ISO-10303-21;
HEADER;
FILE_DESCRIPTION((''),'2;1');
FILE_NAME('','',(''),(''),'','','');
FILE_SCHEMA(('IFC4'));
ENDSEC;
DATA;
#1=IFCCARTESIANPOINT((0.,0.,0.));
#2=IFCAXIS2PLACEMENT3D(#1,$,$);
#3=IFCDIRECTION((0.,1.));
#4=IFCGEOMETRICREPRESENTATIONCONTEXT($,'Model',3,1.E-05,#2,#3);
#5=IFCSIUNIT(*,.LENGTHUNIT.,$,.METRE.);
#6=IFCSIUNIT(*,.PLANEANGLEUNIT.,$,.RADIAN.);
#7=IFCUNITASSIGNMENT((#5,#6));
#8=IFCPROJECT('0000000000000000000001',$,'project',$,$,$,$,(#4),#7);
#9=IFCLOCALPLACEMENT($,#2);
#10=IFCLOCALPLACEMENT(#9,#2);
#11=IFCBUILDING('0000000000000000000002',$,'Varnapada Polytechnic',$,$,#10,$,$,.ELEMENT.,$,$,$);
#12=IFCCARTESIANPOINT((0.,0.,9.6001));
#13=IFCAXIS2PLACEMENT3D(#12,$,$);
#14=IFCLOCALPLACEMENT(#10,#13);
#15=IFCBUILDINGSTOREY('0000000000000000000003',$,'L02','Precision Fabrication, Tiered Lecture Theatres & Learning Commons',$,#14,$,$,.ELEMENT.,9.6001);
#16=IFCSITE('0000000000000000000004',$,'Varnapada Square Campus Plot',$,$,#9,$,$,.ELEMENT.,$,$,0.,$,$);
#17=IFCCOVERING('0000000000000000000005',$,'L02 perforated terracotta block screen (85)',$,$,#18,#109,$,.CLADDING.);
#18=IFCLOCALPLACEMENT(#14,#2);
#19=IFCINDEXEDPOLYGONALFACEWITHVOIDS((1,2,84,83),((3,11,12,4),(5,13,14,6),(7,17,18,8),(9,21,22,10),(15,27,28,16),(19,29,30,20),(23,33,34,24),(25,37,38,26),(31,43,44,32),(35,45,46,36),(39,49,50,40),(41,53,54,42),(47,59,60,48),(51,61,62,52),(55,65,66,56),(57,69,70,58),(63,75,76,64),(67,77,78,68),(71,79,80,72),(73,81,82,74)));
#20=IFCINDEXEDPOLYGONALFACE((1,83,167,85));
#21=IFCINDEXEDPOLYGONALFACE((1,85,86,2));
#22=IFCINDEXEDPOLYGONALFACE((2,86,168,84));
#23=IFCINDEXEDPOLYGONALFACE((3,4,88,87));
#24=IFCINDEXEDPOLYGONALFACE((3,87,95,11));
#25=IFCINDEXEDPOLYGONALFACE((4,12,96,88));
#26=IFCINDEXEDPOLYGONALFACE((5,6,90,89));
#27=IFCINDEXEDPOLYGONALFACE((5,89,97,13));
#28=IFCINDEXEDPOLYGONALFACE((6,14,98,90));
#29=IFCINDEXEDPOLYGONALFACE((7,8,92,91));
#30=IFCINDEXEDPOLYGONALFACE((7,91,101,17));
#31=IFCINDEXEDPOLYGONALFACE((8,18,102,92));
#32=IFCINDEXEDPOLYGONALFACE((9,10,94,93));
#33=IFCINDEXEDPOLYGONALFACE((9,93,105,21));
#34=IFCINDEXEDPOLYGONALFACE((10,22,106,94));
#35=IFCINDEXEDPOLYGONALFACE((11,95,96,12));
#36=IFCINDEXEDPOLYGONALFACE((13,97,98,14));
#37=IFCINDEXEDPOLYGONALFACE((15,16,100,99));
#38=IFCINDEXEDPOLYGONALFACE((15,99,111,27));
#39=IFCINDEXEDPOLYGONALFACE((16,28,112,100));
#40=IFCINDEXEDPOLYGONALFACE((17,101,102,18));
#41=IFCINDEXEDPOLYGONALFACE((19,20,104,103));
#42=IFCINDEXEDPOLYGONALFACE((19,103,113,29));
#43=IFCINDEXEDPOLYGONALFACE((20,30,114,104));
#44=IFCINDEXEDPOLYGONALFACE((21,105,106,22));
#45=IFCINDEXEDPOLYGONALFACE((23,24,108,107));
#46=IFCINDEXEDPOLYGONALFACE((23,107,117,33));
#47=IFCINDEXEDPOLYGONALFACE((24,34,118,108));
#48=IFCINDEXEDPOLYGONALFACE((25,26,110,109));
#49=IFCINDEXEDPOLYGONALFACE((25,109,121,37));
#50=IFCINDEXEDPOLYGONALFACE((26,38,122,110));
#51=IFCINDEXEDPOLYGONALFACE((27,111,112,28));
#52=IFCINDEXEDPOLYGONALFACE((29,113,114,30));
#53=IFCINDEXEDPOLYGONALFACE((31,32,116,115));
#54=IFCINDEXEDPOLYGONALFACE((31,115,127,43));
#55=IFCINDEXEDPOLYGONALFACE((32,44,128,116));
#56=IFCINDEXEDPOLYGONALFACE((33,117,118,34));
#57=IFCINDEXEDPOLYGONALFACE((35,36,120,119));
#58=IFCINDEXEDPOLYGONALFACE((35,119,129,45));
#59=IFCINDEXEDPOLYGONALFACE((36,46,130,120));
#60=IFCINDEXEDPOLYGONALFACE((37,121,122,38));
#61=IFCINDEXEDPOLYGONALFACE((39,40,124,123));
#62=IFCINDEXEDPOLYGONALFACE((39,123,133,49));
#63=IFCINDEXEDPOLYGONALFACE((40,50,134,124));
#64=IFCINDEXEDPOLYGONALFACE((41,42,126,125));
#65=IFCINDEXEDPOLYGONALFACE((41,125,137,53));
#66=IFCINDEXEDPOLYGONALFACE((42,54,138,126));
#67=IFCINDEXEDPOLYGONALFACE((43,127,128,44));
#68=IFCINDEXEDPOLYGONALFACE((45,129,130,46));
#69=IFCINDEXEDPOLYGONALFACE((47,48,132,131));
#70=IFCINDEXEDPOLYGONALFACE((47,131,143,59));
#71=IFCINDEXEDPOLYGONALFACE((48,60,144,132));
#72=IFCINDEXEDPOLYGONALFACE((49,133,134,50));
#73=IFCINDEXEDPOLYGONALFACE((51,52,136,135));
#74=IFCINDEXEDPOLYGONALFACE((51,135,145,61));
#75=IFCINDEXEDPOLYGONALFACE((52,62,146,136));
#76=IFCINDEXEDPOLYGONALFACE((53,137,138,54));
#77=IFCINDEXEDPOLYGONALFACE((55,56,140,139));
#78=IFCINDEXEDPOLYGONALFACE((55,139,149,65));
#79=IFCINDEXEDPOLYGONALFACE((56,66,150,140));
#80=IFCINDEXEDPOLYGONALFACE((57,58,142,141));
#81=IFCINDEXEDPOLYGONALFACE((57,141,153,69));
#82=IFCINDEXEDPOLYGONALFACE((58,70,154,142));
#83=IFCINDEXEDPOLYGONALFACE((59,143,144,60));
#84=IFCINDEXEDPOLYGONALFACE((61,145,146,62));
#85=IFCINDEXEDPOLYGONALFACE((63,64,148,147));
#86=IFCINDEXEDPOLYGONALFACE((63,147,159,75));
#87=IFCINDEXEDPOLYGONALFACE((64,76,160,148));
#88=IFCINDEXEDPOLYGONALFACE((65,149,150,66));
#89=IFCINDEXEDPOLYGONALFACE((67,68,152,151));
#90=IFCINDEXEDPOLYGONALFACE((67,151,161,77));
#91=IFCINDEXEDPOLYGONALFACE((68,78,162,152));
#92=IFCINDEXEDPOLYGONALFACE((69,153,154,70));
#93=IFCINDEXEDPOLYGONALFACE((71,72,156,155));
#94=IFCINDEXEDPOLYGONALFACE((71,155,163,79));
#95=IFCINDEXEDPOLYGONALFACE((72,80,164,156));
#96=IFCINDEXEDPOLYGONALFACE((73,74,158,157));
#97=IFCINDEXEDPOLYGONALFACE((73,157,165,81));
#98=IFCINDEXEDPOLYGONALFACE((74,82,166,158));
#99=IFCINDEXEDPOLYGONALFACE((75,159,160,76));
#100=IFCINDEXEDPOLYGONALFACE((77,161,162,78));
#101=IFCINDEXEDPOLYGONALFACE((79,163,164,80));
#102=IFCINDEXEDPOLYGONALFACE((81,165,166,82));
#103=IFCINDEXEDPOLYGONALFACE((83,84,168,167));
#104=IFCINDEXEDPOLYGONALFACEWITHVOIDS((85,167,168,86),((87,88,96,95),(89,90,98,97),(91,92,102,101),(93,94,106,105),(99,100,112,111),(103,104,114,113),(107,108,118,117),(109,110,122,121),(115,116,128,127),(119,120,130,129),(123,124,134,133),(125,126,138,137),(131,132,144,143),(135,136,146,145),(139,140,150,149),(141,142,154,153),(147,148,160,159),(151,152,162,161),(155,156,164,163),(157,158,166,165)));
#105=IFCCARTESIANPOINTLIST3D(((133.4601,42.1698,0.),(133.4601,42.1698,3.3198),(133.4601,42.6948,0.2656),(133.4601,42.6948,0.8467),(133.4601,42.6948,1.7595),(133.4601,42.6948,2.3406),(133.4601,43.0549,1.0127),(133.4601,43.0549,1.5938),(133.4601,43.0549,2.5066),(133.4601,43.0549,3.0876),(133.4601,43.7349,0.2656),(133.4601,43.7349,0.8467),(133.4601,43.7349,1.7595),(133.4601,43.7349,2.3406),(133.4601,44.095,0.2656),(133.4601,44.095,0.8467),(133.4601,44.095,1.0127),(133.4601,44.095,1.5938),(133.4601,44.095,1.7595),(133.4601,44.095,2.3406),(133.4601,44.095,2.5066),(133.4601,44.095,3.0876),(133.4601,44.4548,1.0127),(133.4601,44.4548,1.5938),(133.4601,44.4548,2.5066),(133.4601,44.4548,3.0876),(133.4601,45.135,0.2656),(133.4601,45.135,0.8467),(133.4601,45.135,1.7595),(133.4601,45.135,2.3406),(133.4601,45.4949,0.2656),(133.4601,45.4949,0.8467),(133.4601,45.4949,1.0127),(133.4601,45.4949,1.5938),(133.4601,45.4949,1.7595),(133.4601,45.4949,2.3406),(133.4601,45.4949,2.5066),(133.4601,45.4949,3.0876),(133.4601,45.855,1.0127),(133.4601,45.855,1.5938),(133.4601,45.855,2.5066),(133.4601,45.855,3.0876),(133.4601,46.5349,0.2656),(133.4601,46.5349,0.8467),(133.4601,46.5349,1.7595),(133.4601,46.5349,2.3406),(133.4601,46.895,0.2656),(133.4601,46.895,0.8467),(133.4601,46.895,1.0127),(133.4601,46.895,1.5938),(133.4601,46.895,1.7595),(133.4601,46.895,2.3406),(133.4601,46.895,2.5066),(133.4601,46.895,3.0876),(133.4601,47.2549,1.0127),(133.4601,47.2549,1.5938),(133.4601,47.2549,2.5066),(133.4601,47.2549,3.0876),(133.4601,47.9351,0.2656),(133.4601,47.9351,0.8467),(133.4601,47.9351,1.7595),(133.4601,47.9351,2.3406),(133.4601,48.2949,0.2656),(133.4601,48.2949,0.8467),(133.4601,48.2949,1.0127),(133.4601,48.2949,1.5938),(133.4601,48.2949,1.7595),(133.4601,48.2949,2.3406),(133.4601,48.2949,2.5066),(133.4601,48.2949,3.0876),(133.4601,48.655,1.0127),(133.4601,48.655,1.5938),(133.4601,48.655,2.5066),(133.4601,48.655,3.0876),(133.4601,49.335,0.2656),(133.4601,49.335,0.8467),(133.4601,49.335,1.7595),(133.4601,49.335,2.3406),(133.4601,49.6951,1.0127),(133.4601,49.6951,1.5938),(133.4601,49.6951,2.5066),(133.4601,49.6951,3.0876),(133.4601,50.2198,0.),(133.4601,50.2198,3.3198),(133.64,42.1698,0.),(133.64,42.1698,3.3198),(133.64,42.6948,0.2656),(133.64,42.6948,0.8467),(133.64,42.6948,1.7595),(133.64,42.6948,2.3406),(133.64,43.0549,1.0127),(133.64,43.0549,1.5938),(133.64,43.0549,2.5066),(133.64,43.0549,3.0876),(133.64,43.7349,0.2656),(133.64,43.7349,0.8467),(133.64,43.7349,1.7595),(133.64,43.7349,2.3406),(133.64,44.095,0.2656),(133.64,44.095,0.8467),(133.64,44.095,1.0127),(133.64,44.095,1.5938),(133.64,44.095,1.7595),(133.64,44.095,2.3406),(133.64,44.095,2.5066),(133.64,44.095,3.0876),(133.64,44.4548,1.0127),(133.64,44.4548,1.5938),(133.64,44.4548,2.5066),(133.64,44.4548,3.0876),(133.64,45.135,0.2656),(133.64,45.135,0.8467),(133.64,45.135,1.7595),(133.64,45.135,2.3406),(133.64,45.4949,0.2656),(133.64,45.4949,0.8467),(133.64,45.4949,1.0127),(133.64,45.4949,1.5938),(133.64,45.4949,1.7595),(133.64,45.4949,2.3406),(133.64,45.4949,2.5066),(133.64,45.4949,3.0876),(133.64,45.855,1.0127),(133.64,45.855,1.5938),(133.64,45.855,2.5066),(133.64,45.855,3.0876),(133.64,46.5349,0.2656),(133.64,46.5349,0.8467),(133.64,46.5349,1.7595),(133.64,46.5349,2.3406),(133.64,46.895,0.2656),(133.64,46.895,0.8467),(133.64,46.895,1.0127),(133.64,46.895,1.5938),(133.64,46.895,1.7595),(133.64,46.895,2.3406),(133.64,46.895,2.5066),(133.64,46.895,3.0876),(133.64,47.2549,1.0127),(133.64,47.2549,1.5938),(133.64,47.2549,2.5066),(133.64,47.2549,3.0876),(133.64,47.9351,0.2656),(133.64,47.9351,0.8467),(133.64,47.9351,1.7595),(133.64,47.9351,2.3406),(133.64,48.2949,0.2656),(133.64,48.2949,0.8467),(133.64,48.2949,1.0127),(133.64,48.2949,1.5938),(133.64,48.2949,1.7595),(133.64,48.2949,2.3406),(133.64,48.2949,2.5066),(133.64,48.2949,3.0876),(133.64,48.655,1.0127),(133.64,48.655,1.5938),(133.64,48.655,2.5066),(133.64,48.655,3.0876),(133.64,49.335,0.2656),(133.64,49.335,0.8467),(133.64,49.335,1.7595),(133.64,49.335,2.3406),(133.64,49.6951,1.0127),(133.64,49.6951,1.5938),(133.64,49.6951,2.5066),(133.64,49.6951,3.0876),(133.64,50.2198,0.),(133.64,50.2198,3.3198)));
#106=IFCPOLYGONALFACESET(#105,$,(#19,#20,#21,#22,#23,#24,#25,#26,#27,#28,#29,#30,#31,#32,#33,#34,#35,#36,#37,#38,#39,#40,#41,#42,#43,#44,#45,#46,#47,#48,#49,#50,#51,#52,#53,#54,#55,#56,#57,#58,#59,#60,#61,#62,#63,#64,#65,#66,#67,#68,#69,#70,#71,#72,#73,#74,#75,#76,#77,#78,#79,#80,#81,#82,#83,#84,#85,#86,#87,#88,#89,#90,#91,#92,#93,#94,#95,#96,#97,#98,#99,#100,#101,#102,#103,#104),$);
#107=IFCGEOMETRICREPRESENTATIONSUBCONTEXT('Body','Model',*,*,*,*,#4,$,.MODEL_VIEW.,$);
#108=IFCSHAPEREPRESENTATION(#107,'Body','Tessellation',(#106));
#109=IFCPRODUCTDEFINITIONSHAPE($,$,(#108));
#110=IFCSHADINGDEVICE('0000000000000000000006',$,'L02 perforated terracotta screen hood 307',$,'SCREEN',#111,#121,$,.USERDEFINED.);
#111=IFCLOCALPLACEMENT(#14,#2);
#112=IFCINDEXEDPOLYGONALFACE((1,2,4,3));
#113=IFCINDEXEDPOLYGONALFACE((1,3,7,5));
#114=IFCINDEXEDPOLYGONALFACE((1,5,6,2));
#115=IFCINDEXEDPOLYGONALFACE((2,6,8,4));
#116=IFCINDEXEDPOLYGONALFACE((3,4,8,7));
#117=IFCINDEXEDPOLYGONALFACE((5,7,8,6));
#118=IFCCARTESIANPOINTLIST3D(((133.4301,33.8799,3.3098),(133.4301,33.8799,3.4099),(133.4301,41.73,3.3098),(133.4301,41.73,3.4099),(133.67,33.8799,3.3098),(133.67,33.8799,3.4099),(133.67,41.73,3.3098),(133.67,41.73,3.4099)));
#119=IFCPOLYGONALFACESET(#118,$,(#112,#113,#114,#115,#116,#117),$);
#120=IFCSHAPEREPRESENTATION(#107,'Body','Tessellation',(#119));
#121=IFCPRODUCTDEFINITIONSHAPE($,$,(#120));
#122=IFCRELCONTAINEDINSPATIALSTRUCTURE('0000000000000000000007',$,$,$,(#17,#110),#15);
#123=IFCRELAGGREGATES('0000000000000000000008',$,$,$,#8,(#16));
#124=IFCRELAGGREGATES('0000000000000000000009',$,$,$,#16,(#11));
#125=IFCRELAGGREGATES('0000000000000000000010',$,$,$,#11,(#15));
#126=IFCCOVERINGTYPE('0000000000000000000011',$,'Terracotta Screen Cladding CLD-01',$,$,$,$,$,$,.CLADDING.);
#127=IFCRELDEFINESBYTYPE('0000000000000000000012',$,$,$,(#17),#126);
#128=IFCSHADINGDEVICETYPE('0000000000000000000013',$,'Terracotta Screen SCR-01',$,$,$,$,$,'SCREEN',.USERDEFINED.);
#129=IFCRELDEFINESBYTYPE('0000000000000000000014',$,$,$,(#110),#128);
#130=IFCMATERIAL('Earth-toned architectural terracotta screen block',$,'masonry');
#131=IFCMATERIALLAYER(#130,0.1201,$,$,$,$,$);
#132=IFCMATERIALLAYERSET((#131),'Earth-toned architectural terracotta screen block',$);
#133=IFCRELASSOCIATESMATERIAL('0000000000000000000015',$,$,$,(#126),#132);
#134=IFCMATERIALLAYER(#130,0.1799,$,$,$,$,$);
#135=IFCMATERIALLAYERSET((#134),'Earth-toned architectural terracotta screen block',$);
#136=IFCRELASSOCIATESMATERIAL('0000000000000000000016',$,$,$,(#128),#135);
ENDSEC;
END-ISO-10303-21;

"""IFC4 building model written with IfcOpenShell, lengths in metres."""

from ifc_helpers import new_model, si_unit, direction, frame, frame_2d, origin, origin_2d, place, context, subcontext, project, spatial, rectangle, extrude, material, layer, layer_set, type_object, element, save


model = new_model("IFC4")

# Units and contexts
model_context = context("Model", 3, precision=1e-05, world=origin(), true_north=direction((0.0, 1.0)))
body_context = subcontext(model_context, "Body", "Model", "MODEL_VIEW")
ifc_project = project(units=[si_unit("LENGTHUNIT", "METRE"), si_unit("PLANEANGLEUNIT", "RADIAN")], contexts=[model_context])

# Site, building, storey
site_placement = place(None, origin())
site = spatial("IfcSite", under=ifc_project, at=site_placement, Name="Varnapada Square Campus Plot", CompositionType="ELEMENT", RefElevation=0.0)
building_placement = place(site_placement, origin())
building = spatial("IfcBuilding", under=site, at=building_placement, Name="Varnapada Polytechnic", CompositionType="ELEMENT")
storey_placement = place(building_placement, frame((0.0, 0.0, 9.6001)))
storey = spatial("IfcBuildingStorey", under=building, at=storey_placement, Name="L02", Description="Precision Fabrication, Tiered Lecture Theatres & Learning Commons", CompositionType="ELEMENT", Elevation=9.6001)

# Covering, openings
ifc_material_1 = material(Name="Earth-toned architectural terracotta screen block", Category="masonry")
ifc_layer_1 = layer(ifc_material_1, 0.1201)
ifc_layer_set_1 = layer_set([ifc_layer_1], Name="Earth-toned architectural terracotta screen block")
covering_type = type_object("IfcCoveringType", Name="Terracotta Screen Cladding CLD-01", PredefinedType="CLADDING", material=ifc_layer_set_1)
covering_placement = place(storey_placement, frame((133.55, 42.1699, 0.0), z_axis=(0.0, 0.0, 1.0), x_axis=(0.0, 1.0, 0.0)))
covering = element("IfcCovering", 1, at=covering_placement, inside=storey, type_object=covering_type, Name="L02 perforated terracotta block screen (85)", PredefinedType="CLADDING", context=body_context, shape_type="SweptSolid", body=[
    extrude(rectangle(XDim=8.05, YDim=0.1799, at=frame_2d((4.0249, 0.0))), origin(), (0.0, 0.0, 1.0), 3.3198),
])
opening_1_placement = place(covering_placement, frame((0.5249, 0.0, 0.2656)))
element("IfcOpeningElement", 2, at=opening_1_placement, cuts=covering, PredefinedType="OPENING", context=body_context, shape_type="SweptSolid", body=[
    extrude(rectangle(XDim=1.04, YDim=0.5811, at=frame_2d((0.52, 0.2905))), frame((0.0, 0.0999, 0.0), z_axis=(0.0, -1.0, 0.0), x_axis=(1.0, 0.0, 0.0)), (0.0, 0.0, 1.0), 0.2),
])
opening_2_placement = place(covering_placement, frame((1.925, 0.0, 0.2656)))
element("IfcOpeningElement", 3, at=opening_2_placement, cuts=covering, PredefinedType="OPENING", context=body_context, shape_type="SweptSolid", body=[
    extrude(rectangle(XDim=1.04, YDim=0.5811, at=frame_2d((0.52, 0.2905))), frame((0.0, 0.0999, 0.0), z_axis=(0.0, -1.0, 0.0), x_axis=(1.0, 0.0, 0.0)), (0.0, 0.0, 1.0), 0.2),
])
opening_3_placement = place(covering_placement, frame((3.325, 0.0, 0.2656)))
element("IfcOpeningElement", 4, at=opening_3_placement, cuts=covering, PredefinedType="OPENING", context=body_context, shape_type="SweptSolid", body=[
    extrude(rectangle(XDim=1.04, YDim=0.5811, at=frame_2d((0.52, 0.2905))), frame((0.0, 0.0999, 0.0), z_axis=(0.0, -1.0, 0.0), x_axis=(1.0, 0.0, 0.0)), (0.0, 0.0, 1.0), 0.2),
])
opening_4_placement = place(covering_placement, frame((4.7251, 0.0, 0.2656)))
element("IfcOpeningElement", 5, at=opening_4_placement, cuts=covering, PredefinedType="OPENING", context=body_context, shape_type="SweptSolid", body=[
    extrude(rectangle(XDim=1.04, YDim=0.5811, at=frame_2d((0.52, 0.2905))), frame((0.0, 0.0999, 0.0), z_axis=(0.0, -1.0, 0.0), x_axis=(1.0, 0.0, 0.0)), (0.0, 0.0, 1.0), 0.2),
])
opening_5_placement = place(covering_placement, frame((6.125, 0.0, 0.2656)))
element("IfcOpeningElement", 6, at=opening_5_placement, cuts=covering, PredefinedType="OPENING", context=body_context, shape_type="SweptSolid", body=[
    extrude(rectangle(XDim=1.04, YDim=0.5811, at=frame_2d((0.52, 0.2905))), frame((0.0, 0.0999, 0.0), z_axis=(0.0, -1.0, 0.0), x_axis=(1.0, 0.0, 0.0)), (0.0, 0.0, 1.0), 0.2),
])
opening_6_placement = place(covering_placement, frame((0.885, 0.0, 1.0127)))
element("IfcOpeningElement", 7, at=opening_6_placement, cuts=covering, PredefinedType="OPENING", context=body_context, shape_type="SweptSolid", body=[
    extrude(rectangle(XDim=1.04, YDim=0.5811, at=frame_2d((0.52, 0.2905))), frame((0.0, 0.0999, 0.0), z_axis=(0.0, -1.0, 0.0), x_axis=(1.0, 0.0, 0.0)), (0.0, 0.0, 1.0), 0.2),
])
opening_7_placement = place(covering_placement, frame((2.2849, 0.0, 1.0127)))
element("IfcOpeningElement", 8, at=opening_7_placement, cuts=covering, PredefinedType="OPENING", context=body_context, shape_type="SweptSolid", body=[
    extrude(rectangle(XDim=1.04, YDim=0.5811, at=frame_2d((0.52, 0.2905))), frame((0.0, 0.0999, 0.0), z_axis=(0.0, -1.0, 0.0), x_axis=(1.0, 0.0, 0.0)), (0.0, 0.0, 1.0), 0.2),
])
opening_8_placement = place(covering_placement, frame((3.6851, 0.0, 1.0127)))
element("IfcOpeningElement", 9, at=opening_8_placement, cuts=covering, PredefinedType="OPENING", context=body_context, shape_type="SweptSolid", body=[
    extrude(rectangle(XDim=1.04, YDim=0.5811, at=frame_2d((0.52, 0.2905))), frame((0.0, 0.0999, 0.0), z_axis=(0.0, -1.0, 0.0), x_axis=(1.0, 0.0, 0.0)), (0.0, 0.0, 1.0), 0.2),
])
opening_9_placement = place(covering_placement, frame((5.085, 0.0, 1.0127)))
element("IfcOpeningElement", 10, at=opening_9_placement, cuts=covering, PredefinedType="OPENING", context=body_context, shape_type="SweptSolid", body=[
    extrude(rectangle(XDim=1.04, YDim=0.5811, at=frame_2d((0.52, 0.2905))), frame((0.0, 0.0999, 0.0), z_axis=(0.0, -1.0, 0.0), x_axis=(1.0, 0.0, 0.0)), (0.0, 0.0, 1.0), 0.2),
])
opening_10_placement = place(covering_placement, frame((6.4851, 0.0, 1.0127)))
element("IfcOpeningElement", 11, at=opening_10_placement, cuts=covering, PredefinedType="OPENING", context=body_context, shape_type="SweptSolid", body=[
    extrude(rectangle(XDim=1.04, YDim=0.5811, at=frame_2d((0.52, 0.2905))), frame((0.0, 0.0999, 0.0), z_axis=(0.0, -1.0, 0.0), x_axis=(1.0, 0.0, 0.0)), (0.0, 0.0, 1.0), 0.2),
])
opening_11_placement = place(covering_placement, frame((0.5249, 0.0, 1.7595)))
element("IfcOpeningElement", 12, at=opening_11_placement, cuts=covering, PredefinedType="OPENING", context=body_context, shape_type="SweptSolid", body=[
    extrude(rectangle(XDim=1.04, YDim=0.5811, at=frame_2d((0.52, 0.2905))), frame((0.0, 0.0999, 0.0), z_axis=(0.0, -1.0, 0.0), x_axis=(1.0, 0.0, 0.0)), (0.0, 0.0, 1.0), 0.2),
])
opening_12_placement = place(covering_placement, frame((1.925, 0.0, 1.7595)))
element("IfcOpeningElement", 13, at=opening_12_placement, cuts=covering, PredefinedType="OPENING", context=body_context, shape_type="SweptSolid", body=[
    extrude(rectangle(XDim=1.04, YDim=0.5811, at=frame_2d((0.52, 0.2905))), frame((0.0, 0.0999, 0.0), z_axis=(0.0, -1.0, 0.0), x_axis=(1.0, 0.0, 0.0)), (0.0, 0.0, 1.0), 0.2),
])
opening_13_placement = place(covering_placement, frame((3.325, 0.0, 1.7595)))
element("IfcOpeningElement", 14, at=opening_13_placement, cuts=covering, PredefinedType="OPENING", context=body_context, shape_type="SweptSolid", body=[
    extrude(rectangle(XDim=1.04, YDim=0.5811, at=frame_2d((0.52, 0.2905))), frame((0.0, 0.0999, 0.0), z_axis=(0.0, -1.0, 0.0), x_axis=(1.0, 0.0, 0.0)), (0.0, 0.0, 1.0), 0.2),
])
opening_14_placement = place(covering_placement, frame((4.7251, 0.0, 1.7595)))
element("IfcOpeningElement", 15, at=opening_14_placement, cuts=covering, PredefinedType="OPENING", context=body_context, shape_type="SweptSolid", body=[
    extrude(rectangle(XDim=1.04, YDim=0.5811, at=frame_2d((0.52, 0.2905))), frame((0.0, 0.0999, 0.0), z_axis=(0.0, -1.0, 0.0), x_axis=(1.0, 0.0, 0.0)), (0.0, 0.0, 1.0), 0.2),
])
opening_15_placement = place(covering_placement, frame((6.125, 0.0, 1.7595)))
element("IfcOpeningElement", 16, at=opening_15_placement, cuts=covering, PredefinedType="OPENING", context=body_context, shape_type="SweptSolid", body=[
    extrude(rectangle(XDim=1.04, YDim=0.5811, at=frame_2d((0.52, 0.2905))), frame((0.0, 0.0999, 0.0), z_axis=(0.0, -1.0, 0.0), x_axis=(1.0, 0.0, 0.0)), (0.0, 0.0, 1.0), 0.2),
])
opening_16_placement = place(covering_placement, frame((0.885, 0.0, 2.5066)))
element("IfcOpeningElement", 17, at=opening_16_placement, cuts=covering, PredefinedType="OPENING", context=body_context, shape_type="SweptSolid", body=[
    extrude(rectangle(XDim=1.04, YDim=0.5811, at=frame_2d((0.52, 0.2905))), frame((0.0, 0.0999, 0.0), z_axis=(0.0, -1.0, 0.0), x_axis=(1.0, 0.0, 0.0)), (0.0, 0.0, 1.0), 0.2),
])
opening_17_placement = place(covering_placement, frame((2.2849, 0.0, 2.5066)))
element("IfcOpeningElement", 18, at=opening_17_placement, cuts=covering, PredefinedType="OPENING", context=body_context, shape_type="SweptSolid", body=[
    extrude(rectangle(XDim=1.04, YDim=0.5811, at=frame_2d((0.52, 0.2905))), frame((0.0, 0.0999, 0.0), z_axis=(0.0, -1.0, 0.0), x_axis=(1.0, 0.0, 0.0)), (0.0, 0.0, 1.0), 0.2),
])
opening_18_placement = place(covering_placement, frame((3.6851, 0.0, 2.5066)))
element("IfcOpeningElement", 19, at=opening_18_placement, cuts=covering, PredefinedType="OPENING", context=body_context, shape_type="SweptSolid", body=[
    extrude(rectangle(XDim=1.04, YDim=0.5811, at=frame_2d((0.52, 0.2905))), frame((0.0, 0.0999, 0.0), z_axis=(0.0, -1.0, 0.0), x_axis=(1.0, 0.0, 0.0)), (0.0, 0.0, 1.0), 0.2),
])
opening_19_placement = place(covering_placement, frame((5.085, 0.0, 2.5066)))
element("IfcOpeningElement", 20, at=opening_19_placement, cuts=covering, PredefinedType="OPENING", context=body_context, shape_type="SweptSolid", body=[
    extrude(rectangle(XDim=1.04, YDim=0.5811, at=frame_2d((0.52, 0.2905))), frame((0.0, 0.0999, 0.0), z_axis=(0.0, -1.0, 0.0), x_axis=(1.0, 0.0, 0.0)), (0.0, 0.0, 1.0), 0.2),
])
opening_20_placement = place(covering_placement, frame((6.4851, 0.0, 2.5066)))
element("IfcOpeningElement", 21, at=opening_20_placement, cuts=covering, PredefinedType="OPENING", context=body_context, shape_type="SweptSolid", body=[
    extrude(rectangle(XDim=1.04, YDim=0.5811, at=frame_2d((0.52, 0.2905))), frame((0.0, 0.0999, 0.0), z_axis=(0.0, -1.0, 0.0), x_axis=(1.0, 0.0, 0.0)), (0.0, 0.0, 1.0), 0.2),
])

# Shading device
ifc_layer_2 = layer(ifc_material_1, 0.1799)
ifc_layer_set_2 = layer_set([ifc_layer_2], Name="Earth-toned architectural terracotta screen block")
shading_device_type = type_object("IfcShadingDeviceType", Name="Terracotta Screen SCR-01", ElementType="SCREEN", PredefinedType="USERDEFINED", material=ifc_layer_set_2)
shading_device_placement = place(storey_placement, frame((133.55, 37.8049, 3.3098), z_axis=(0.0, 0.0, 1.0), x_axis=(0.0, 1.0, 0.0)))
element("IfcShadingDevice", 22, at=shading_device_placement, inside=storey, type_object=shading_device_type, Name="L02 perforated terracotta screen hood 307", ObjectType="SCREEN", PredefinedType="USERDEFINED", context=body_context, shape_type="SweptSolid", body=[
    extrude(rectangle(XDim=7.8501, YDim=0.24, at=origin_2d()), origin(), (0.0, 0.0, 1.0), 0.1001),
])

save(model, "model.ifc")
